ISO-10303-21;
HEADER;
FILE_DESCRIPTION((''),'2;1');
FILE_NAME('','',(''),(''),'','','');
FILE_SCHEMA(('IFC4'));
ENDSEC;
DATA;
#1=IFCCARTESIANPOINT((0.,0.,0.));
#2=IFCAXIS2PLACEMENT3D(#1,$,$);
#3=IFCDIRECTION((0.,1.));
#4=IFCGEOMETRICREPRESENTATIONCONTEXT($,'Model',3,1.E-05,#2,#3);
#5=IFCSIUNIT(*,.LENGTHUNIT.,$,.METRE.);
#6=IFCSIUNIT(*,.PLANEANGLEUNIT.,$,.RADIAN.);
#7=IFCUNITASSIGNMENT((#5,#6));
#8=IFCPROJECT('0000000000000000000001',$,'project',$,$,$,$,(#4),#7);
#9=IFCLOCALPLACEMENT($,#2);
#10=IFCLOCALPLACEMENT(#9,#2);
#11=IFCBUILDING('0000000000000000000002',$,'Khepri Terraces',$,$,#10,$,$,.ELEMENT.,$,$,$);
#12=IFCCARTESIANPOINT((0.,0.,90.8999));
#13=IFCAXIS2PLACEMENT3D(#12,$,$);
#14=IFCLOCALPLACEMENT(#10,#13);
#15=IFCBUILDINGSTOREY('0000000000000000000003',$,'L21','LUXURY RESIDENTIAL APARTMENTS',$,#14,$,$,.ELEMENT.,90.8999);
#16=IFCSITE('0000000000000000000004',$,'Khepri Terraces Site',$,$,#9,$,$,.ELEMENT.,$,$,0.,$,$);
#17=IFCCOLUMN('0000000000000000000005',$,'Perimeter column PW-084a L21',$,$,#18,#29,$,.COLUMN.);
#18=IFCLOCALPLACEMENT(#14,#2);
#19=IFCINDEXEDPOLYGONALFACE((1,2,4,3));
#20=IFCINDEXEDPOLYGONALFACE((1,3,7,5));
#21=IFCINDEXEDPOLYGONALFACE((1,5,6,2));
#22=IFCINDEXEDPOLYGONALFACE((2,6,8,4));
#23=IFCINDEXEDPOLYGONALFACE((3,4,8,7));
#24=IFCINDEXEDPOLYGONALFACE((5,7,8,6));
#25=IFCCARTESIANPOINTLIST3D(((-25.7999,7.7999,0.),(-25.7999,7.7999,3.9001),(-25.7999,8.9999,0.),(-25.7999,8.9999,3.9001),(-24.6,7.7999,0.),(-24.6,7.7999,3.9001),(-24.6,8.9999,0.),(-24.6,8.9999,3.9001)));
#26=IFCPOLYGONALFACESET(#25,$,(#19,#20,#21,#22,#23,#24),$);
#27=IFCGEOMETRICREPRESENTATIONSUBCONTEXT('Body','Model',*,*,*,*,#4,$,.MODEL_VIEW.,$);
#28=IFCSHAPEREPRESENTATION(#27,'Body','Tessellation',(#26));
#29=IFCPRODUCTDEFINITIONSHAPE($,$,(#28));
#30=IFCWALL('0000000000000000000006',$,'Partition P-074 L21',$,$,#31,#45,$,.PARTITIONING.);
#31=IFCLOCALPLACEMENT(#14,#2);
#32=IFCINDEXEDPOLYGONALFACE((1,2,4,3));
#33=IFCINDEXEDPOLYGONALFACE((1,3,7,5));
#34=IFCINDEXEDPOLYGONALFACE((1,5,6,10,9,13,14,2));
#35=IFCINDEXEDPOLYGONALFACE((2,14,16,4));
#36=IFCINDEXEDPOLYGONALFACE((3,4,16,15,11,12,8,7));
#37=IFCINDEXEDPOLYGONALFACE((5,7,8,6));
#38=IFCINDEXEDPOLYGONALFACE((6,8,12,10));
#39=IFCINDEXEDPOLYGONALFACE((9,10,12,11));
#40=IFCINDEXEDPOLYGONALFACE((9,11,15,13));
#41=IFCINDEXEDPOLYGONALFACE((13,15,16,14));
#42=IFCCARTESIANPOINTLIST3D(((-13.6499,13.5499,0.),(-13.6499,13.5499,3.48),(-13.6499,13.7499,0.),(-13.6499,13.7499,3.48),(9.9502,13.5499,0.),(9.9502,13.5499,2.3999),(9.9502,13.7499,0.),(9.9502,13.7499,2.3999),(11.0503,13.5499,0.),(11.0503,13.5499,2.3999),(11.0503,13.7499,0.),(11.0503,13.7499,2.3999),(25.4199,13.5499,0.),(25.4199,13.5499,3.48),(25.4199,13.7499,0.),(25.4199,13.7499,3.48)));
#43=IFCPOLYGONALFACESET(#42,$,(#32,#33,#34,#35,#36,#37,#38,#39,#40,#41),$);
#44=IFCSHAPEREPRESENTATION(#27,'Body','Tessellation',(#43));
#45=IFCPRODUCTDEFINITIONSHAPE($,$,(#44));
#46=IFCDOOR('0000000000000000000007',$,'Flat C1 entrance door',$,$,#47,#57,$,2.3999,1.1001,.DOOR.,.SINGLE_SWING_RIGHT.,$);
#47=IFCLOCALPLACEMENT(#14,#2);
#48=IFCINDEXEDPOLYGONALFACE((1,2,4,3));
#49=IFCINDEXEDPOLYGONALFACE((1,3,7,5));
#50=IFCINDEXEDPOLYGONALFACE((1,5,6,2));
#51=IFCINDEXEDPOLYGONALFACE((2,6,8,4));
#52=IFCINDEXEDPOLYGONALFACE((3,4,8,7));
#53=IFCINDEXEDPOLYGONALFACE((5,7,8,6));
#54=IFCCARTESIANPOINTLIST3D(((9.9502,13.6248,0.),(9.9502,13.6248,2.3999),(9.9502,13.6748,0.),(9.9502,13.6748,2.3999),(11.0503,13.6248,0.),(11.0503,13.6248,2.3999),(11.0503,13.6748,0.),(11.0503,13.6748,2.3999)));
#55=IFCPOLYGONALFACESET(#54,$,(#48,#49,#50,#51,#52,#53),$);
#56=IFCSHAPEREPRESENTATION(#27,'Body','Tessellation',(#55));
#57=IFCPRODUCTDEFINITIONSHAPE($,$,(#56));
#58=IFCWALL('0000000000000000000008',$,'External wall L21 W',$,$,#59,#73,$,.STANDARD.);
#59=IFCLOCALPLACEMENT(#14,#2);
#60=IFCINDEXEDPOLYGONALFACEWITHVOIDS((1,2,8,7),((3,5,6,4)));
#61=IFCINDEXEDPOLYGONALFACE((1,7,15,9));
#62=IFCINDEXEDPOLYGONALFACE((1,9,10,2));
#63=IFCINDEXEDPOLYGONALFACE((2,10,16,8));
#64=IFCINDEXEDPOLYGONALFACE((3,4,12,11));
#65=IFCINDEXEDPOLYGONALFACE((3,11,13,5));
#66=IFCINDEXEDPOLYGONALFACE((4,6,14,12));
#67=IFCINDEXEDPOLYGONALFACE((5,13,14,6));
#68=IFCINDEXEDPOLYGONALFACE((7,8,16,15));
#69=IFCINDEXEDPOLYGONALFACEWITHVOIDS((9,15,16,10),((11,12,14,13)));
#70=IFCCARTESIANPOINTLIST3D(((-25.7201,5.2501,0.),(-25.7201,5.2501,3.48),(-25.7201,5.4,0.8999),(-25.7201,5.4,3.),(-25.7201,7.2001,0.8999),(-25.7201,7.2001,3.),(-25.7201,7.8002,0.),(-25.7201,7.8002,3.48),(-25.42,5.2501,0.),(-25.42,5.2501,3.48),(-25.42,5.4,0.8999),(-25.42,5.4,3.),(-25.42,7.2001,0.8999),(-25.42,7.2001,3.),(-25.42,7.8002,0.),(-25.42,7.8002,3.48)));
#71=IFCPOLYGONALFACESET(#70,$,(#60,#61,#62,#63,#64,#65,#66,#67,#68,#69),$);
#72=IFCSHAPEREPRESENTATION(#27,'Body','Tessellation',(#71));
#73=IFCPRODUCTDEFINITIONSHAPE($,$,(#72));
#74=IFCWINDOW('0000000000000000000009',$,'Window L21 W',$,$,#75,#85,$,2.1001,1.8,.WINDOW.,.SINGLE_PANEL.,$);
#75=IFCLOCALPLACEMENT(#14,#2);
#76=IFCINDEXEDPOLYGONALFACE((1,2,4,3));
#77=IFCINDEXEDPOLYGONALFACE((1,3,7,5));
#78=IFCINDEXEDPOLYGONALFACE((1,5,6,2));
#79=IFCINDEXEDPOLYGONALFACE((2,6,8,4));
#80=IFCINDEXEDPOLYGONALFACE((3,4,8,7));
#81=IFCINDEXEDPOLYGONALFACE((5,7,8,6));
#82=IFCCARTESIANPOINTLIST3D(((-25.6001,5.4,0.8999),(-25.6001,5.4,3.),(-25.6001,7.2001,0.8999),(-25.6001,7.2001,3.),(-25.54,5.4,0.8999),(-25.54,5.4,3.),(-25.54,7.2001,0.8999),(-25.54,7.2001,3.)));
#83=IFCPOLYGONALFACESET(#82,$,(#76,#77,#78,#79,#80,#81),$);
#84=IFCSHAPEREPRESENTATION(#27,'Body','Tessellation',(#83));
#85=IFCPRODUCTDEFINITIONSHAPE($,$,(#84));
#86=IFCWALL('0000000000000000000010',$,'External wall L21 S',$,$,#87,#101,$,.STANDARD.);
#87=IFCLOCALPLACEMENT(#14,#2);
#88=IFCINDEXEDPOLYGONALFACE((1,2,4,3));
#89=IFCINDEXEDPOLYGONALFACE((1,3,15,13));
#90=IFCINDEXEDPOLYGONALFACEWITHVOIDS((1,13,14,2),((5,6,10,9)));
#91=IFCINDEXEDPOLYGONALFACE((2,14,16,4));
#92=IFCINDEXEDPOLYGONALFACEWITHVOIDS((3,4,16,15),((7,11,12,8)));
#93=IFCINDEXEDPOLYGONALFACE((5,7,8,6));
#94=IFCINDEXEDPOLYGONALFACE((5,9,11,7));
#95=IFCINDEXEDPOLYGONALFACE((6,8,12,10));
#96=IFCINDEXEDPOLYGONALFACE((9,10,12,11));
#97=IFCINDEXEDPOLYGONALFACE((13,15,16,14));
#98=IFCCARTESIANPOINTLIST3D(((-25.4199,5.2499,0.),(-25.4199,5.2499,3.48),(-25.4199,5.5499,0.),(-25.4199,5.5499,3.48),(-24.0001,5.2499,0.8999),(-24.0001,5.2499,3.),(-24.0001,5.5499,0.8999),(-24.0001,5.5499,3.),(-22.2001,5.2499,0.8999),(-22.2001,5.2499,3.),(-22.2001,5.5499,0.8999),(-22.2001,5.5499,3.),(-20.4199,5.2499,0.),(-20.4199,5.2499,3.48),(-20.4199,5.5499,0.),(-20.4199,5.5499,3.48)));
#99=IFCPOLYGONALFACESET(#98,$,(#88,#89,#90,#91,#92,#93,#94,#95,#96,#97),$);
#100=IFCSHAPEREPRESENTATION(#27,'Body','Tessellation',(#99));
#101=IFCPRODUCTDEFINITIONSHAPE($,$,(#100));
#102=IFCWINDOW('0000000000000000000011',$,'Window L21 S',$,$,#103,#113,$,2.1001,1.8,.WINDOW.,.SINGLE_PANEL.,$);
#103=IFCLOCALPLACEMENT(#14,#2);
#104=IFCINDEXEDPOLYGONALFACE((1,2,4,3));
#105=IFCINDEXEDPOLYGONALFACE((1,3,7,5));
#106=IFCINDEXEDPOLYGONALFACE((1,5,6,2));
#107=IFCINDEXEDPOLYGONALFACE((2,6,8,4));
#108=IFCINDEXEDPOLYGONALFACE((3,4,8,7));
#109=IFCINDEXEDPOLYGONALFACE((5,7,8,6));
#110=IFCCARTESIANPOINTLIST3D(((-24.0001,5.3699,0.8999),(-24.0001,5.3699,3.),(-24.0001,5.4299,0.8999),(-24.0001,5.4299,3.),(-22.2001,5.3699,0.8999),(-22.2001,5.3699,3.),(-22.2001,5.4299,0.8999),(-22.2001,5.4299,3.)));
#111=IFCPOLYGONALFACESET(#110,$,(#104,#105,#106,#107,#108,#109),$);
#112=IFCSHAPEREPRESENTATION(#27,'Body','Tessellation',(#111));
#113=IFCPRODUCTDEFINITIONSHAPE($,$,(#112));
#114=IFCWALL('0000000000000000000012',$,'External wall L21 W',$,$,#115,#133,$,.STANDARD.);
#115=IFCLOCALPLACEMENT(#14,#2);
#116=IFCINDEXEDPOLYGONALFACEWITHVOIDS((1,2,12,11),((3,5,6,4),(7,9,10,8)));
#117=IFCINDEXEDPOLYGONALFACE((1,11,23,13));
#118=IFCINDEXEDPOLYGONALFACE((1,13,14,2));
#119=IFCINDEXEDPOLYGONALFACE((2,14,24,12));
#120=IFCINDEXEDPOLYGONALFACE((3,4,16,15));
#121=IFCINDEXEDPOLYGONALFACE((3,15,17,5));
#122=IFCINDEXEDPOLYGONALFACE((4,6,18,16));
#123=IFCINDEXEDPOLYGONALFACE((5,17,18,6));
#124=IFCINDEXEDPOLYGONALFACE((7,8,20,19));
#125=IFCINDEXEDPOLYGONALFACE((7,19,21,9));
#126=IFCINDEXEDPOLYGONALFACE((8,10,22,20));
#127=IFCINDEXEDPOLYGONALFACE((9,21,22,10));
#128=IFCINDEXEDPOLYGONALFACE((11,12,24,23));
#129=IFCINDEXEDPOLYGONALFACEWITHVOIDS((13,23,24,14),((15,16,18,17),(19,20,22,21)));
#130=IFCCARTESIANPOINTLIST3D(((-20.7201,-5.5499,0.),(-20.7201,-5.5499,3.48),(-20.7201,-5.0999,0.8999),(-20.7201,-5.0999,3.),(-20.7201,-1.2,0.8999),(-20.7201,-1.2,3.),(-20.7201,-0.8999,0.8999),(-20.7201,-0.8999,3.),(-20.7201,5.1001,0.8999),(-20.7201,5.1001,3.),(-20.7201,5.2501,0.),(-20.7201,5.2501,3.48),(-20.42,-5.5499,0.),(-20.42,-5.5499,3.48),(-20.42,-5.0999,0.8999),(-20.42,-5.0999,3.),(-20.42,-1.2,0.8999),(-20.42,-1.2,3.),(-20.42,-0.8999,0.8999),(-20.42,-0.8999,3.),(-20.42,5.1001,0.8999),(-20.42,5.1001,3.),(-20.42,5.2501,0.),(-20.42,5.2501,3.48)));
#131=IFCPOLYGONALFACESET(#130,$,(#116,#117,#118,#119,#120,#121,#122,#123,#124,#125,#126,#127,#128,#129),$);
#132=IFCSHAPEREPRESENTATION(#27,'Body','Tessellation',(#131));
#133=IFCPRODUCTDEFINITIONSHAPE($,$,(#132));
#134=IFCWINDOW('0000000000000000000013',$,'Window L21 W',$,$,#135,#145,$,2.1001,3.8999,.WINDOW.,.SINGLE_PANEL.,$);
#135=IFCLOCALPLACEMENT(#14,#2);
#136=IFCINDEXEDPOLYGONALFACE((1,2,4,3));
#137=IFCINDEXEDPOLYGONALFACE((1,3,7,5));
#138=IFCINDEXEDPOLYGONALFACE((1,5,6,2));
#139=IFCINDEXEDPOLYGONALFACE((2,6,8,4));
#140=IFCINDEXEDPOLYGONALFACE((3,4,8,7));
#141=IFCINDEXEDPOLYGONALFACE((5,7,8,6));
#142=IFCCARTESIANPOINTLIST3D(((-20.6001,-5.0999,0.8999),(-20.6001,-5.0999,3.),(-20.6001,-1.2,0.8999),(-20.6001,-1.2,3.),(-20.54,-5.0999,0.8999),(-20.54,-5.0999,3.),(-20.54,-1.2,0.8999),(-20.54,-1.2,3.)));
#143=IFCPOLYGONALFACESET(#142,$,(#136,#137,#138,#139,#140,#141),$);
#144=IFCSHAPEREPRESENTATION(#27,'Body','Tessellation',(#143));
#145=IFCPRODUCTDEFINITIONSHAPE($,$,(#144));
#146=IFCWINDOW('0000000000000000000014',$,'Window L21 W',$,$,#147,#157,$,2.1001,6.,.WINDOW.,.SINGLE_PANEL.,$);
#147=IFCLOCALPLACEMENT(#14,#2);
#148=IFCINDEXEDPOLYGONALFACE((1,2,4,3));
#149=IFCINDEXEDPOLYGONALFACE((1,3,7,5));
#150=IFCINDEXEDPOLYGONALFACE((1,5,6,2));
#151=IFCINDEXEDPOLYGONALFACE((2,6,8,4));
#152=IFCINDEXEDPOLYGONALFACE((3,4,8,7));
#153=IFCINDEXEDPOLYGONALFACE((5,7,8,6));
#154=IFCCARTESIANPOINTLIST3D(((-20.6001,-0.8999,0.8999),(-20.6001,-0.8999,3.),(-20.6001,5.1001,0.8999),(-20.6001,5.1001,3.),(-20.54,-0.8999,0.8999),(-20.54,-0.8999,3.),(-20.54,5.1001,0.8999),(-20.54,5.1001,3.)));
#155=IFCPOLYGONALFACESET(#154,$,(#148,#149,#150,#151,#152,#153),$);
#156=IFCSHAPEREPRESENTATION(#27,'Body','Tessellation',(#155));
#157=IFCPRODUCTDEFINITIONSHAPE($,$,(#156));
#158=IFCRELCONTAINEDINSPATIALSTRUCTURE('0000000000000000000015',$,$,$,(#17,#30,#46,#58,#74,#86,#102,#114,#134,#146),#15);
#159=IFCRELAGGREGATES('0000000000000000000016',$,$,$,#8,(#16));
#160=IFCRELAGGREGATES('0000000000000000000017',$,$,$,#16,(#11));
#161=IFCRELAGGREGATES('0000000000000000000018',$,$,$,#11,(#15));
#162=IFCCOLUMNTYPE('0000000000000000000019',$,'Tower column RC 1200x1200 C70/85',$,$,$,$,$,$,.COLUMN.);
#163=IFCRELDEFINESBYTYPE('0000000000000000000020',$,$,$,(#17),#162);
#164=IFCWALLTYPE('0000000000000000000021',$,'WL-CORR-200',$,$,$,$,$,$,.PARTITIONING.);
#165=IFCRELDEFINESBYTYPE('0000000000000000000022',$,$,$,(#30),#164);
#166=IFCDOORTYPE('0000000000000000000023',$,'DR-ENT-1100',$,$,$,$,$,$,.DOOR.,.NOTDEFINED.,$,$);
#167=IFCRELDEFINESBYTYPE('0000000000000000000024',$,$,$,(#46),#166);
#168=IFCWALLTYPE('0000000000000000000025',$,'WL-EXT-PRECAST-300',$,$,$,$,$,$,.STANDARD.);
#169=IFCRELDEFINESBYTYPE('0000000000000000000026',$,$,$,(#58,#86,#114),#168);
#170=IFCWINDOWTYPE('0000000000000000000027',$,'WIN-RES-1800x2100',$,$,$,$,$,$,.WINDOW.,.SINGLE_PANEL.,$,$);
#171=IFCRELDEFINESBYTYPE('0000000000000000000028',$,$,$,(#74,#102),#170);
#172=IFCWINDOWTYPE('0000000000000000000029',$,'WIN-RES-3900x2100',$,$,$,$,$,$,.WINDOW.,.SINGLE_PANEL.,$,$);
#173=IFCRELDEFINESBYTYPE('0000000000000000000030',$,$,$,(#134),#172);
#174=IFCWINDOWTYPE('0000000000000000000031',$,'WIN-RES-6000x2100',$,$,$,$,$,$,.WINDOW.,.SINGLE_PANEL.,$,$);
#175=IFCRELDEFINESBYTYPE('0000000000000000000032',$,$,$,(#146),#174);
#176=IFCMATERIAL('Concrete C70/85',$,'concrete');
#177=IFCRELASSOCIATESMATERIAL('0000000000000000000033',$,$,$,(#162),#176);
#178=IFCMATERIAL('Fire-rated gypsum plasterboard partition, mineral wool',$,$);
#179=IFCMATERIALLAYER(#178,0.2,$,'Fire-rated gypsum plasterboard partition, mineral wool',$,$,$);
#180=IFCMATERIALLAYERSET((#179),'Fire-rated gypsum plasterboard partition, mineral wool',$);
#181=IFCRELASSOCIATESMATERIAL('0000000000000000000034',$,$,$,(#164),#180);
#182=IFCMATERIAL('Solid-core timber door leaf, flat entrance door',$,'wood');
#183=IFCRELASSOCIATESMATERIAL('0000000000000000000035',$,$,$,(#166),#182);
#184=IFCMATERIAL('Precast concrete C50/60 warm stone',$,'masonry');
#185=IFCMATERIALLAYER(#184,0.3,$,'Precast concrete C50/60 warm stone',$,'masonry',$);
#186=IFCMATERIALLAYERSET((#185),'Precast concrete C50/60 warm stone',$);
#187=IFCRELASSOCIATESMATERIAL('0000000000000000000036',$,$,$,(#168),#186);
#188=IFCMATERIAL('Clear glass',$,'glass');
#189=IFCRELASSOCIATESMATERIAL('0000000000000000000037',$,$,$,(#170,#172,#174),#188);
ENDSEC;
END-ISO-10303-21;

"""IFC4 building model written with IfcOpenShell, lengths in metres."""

from ifc_helpers import new_model, si_unit, direction, frame, frame_2d, origin, origin_2d, place, context, subcontext, project, spatial, rectangle, extrude, material, layer, layer_set, material_profile, profile_set, type_object, element, fill, save


model = new_model("IFC4")

# Units and contexts
model_context = context("Model", 3, precision=1e-05, world=origin(), true_north=direction((0.0, 1.0)))
body_context = subcontext(model_context, "Body", "Model", "MODEL_VIEW")
ifc_project = project(units=[si_unit("LENGTHUNIT", "METRE"), si_unit("PLANEANGLEUNIT", "RADIAN")], contexts=[model_context])

# Site, building, storey
site_placement = place(None, origin())
site = spatial("IfcSite", under=ifc_project, at=site_placement, Name="Khepri Terraces Site", CompositionType="ELEMENT", RefElevation=0.0)
building_placement = place(site_placement, origin())
building = spatial("IfcBuilding", under=site, at=building_placement, Name="Khepri Terraces", CompositionType="ELEMENT")
storey_placement = place(building_placement, frame((0.0, 0.0, 90.8999)))
storey = spatial("IfcBuildingStorey", under=building, at=storey_placement, Name="L21", Description="LUXURY RESIDENTIAL APARTMENTS", CompositionType="ELEMENT", Elevation=90.8999)

# Column
ifc_material_1 = material(Name="Concrete C70/85", Category="concrete")
ifc_material_profile = material_profile(ifc_material_1, rectangle(XDim=1.2, YDim=1.2, at=origin_2d()), Name="Concrete C70/85", Category="concrete")
ifc_profile_set = profile_set([ifc_material_profile], Name="Concrete C70/85")
column_type = type_object("IfcColumnType", Name="Tower column RC 1200x1200 C70/85", PredefinedType="COLUMN", material=ifc_profile_set)
column_placement = place(storey_placement, frame((-25.2, 8.3999, 0.0), z_axis=(0.0, 0.0, 1.0), x_axis=(1.0, 0.0, 0.0)))
element("IfcColumn", 1, at=column_placement, inside=storey, type_object=column_type, Name="Perimeter column PW-084a L21", PredefinedType="COLUMN", context=body_context, shape_type="SweptSolid", body=[
    extrude(rectangle(XDim=1.2, YDim=1.2, at=origin_2d()), origin(), (0.0, 0.0, 1.0), 3.9001),
])

# Wall, opening, door
ifc_material_2 = material(Name="Fire-rated gypsum plasterboard partition, mineral wool")
ifc_layer_1 = layer(ifc_material_2, 0.2, Name="Fire-rated gypsum plasterboard partition, mineral wool")
ifc_layer_set_1 = layer_set([ifc_layer_1], Name="Fire-rated gypsum plasterboard partition, mineral wool")
wall_type_1 = type_object("IfcWallType", Name="WL-CORR-200", PredefinedType="PARTITIONING", material=ifc_layer_set_1)
wall_1_placement = place(storey_placement, frame((-13.6499, 13.6499, 0.0), z_axis=(0.0, 0.0, 1.0), x_axis=(1.0, 0.0, 0.0)))
wall_1 = element("IfcWall", 2, at=wall_1_placement, inside=storey, type_object=wall_type_1, Name="Partition P-074 L21", PredefinedType="PARTITIONING", context=body_context, shape_type="SweptSolid", body=[
    extrude(rectangle(XDim=39.0698, YDim=0.2, at=frame_2d((19.5349, 0.0))), origin(), (0.0, 0.0, 1.0), 3.48),
])
opening_1_placement = place(wall_1_placement, frame((23.6001, 0.0, 0.0)))
opening_1 = element("IfcOpeningElement", 3, at=opening_1_placement, cuts=wall_1, PredefinedType="OPENING", context=body_context, shape_type="SweptSolid", body=[
    extrude(rectangle(XDim=1.1001, YDim=2.3999, at=frame_2d((0.55, 1.2))), frame((0.0, 0.1099, 0.0), z_axis=(0.0, -1.0, 0.0), x_axis=(1.0, 0.0, 0.0)), (0.0, 0.0, 1.0), 0.22),
])
ifc_material_3 = material(Name="Solid-core timber door leaf, flat entrance door", Category="wood")
door_type_1 = type_object("IfcDoorType", Name="DR-ENT-1100", OperationType="NOTDEFINED", PredefinedType="DOOR", material=ifc_material_3)
door_1_placement = place(opening_1_placement, origin())
door_1 = element("IfcDoor", 4, at=door_1_placement, inside=storey, type_object=door_type_1, Name="Flat C1 entrance door", OperationType="SINGLE_SWING_RIGHT", OverallHeight=2.3999, OverallWidth=1.1001, PredefinedType="DOOR", context=body_context, shape_type="SweptSolid", body=[
    extrude(rectangle(XDim=1.1001, YDim=2.3999, at=frame_2d((0.55, 1.2))), frame((0.0, 0.0249, 0.0), z_axis=(0.0, -1.0, 0.0), x_axis=(1.0, 0.0, 0.0)), (0.0, 0.0, 1.0), 0.05),
])
fill(opening_1, door_1)

# Walls, openings, windows
ifc_material_4 = material(Name="Precast concrete C50/60 warm stone", Category="masonry")
ifc_layer_2 = layer(ifc_material_4, 0.3, Name="Precast concrete C50/60 warm stone", Category="masonry")
ifc_layer_set_2 = layer_set([ifc_layer_2], Name="Precast concrete C50/60 warm stone")
wall_type_2 = type_object("IfcWallType", Name="WL-EXT-PRECAST-300", PredefinedType="STANDARD", material=ifc_layer_set_2)
wall_2_placement = place(storey_placement, frame((-25.5701, 7.8, 0.0), z_axis=(0.0, 0.0, 1.0), x_axis=(0.0, -1.0, 0.0)))
wall_2 = element("IfcWall", 5, at=wall_2_placement, inside=storey, type_object=wall_type_2, Name="External wall L21 W", PredefinedType="STANDARD", context=body_context, shape_type="SweptSolid", body=[
    extrude(rectangle(XDim=2.55, YDim=0.3, at=frame_2d((1.2749, 0.0))), origin(), (0.0, 0.0, 1.0), 3.48),
])
opening_2_placement = place(wall_2_placement, frame((0.6001, 0.0, 0.8999)))
opening_2 = element("IfcOpeningElement", 6, at=opening_2_placement, cuts=wall_2, PredefinedType="OPENING", context=body_context, shape_type="SweptSolid", body=[
    extrude(rectangle(XDim=1.8, YDim=2.1001, at=frame_2d((0.8999, 1.05))), frame((0.0, 0.1602, 0.0), z_axis=(0.0, -1.0, 0.0), x_axis=(1.0, 0.0, 0.0)), (0.0, 0.0, 1.0), 0.3201),
])
ifc_material_5 = material(Name="Clear glass", Category="glass")
window_type_1 = type_object("IfcWindowType", Name="WIN-RES-1800x2100", PartitioningType="SINGLE_PANEL", PredefinedType="WINDOW", material=ifc_material_5)
window_1_placement = place(opening_2_placement, origin())
window_1 = element("IfcWindow", 7, at=window_1_placement, inside=storey, type_object=window_type_1, Name="Window L21 W", OverallHeight=2.1001, OverallWidth=1.8, PartitioningType="SINGLE_PANEL", PredefinedType="WINDOW", context=body_context, shape_type="SweptSolid", body=[
    extrude(rectangle(XDim=1.8, YDim=2.1001, at=frame_2d((0.8999, 1.05))), frame((0.0, 0.03, 0.0), z_axis=(0.0, -1.0, 0.0), x_axis=(1.0, 0.0, 0.0)), (0.0, 0.0, 1.0), 0.0601),
])
fill(opening_2, window_1)
wall_3_placement = place(storey_placement, frame((-25.4199, 5.3999, 0.0), z_axis=(0.0, 0.0, 1.0), x_axis=(1.0, 0.0, 0.0)))
wall_3 = element("IfcWall", 8, at=wall_3_placement, inside=storey, type_object=wall_type_2, Name="External wall L21 S", PredefinedType="STANDARD", context=body_context, shape_type="SweptSolid", body=[
    extrude(rectangle(XDim=5.0, YDim=0.3, at=frame_2d((2.5, 0.0))), origin(), (0.0, 0.0, 1.0), 3.48),
])
opening_3_placement = place(wall_3_placement, frame((1.4199, 0.0, 0.8999)))
opening_3 = element("IfcOpeningElement", 9, at=opening_3_placement, cuts=wall_3, PredefinedType="OPENING", context=body_context, shape_type="SweptSolid", body=[
    extrude(rectangle(XDim=1.8, YDim=2.1001, at=frame_2d((0.8999, 1.05))), frame((0.0, 0.1602, 0.0), z_axis=(0.0, -1.0, 0.0), x_axis=(1.0, 0.0, 0.0)), (0.0, 0.0, 1.0), 0.3201),
])
window_2_placement = place(opening_3_placement, origin())
window_2 = element("IfcWindow", 10, at=window_2_placement, inside=storey, type_object=window_type_1, Name="Window L21 S", OverallHeight=2.1001, OverallWidth=1.8, PartitioningType="SINGLE_PANEL", PredefinedType="WINDOW", context=body_context, shape_type="SweptSolid", body=[
    extrude(rectangle(XDim=1.8, YDim=2.1001, at=frame_2d((0.8999, 1.05))), frame((0.0, 0.03, 0.0), z_axis=(0.0, -1.0, 0.0), x_axis=(1.0, 0.0, 0.0)), (0.0, 0.0, 1.0), 0.0601),
])
fill(opening_3, window_2)

# Wall, openings, windows
wall_4_placement = place(storey_placement, frame((-20.5701, 5.25, 0.0), z_axis=(0.0, 0.0, 1.0), x_axis=(0.0, -1.0, 0.0)))
wall_4 = element("IfcWall", 11, at=wall_4_placement, inside=storey, type_object=wall_type_2, Name="External wall L21 W", PredefinedType="STANDARD", context=body_context, shape_type="SweptSolid", body=[
    extrude(rectangle(XDim=10.8, YDim=0.3, at=frame_2d((5.3999, 0.0))), origin(), (0.0, 0.0, 1.0), 3.48),
])
opening_4_placement = place(wall_4_placement, frame((0.1499, 0.0, 0.8999)))
opening_4 = element("IfcOpeningElement", 12, at=opening_4_placement, cuts=wall_4, PredefinedType="OPENING", context=body_context, shape_type="SweptSolid", body=[
    extrude(rectangle(XDim=6.0, YDim=2.1001, at=frame_2d((3.0, 1.05))), frame((0.0, 0.1602, 0.0), z_axis=(0.0, -1.0, 0.0), x_axis=(1.0, 0.0, 0.0)), (0.0, 0.0, 1.0), 0.3201),
])
opening_5_placement = place(wall_4_placement, frame((6.45, 0.0, 0.8999)))
opening_5 = element("IfcOpeningElement", 13, at=opening_5_placement, cuts=wall_4, PredefinedType="OPENING", context=body_context, shape_type="SweptSolid", body=[
    extrude(rectangle(XDim=3.8999, YDim=2.1001, at=frame_2d((1.95, 1.05))), frame((0.0, 0.1602, 0.0), z_axis=(0.0, -1.0, 0.0), x_axis=(1.0, 0.0, 0.0)), (0.0, 0.0, 1.0), 0.3201),
])
window_type_2 = type_object("IfcWindowType", Name="WIN-RES-3900x2100", PartitioningType="SINGLE_PANEL", PredefinedType="WINDOW", material=ifc_material_5)
window_3_placement = place(opening_5_placement, origin())
window_3 = element("IfcWindow", 14, at=window_3_placement, inside=storey, type_object=window_type_2, Name="Window L21 W", OverallHeight=2.1001, OverallWidth=3.8999, PartitioningType="SINGLE_PANEL", PredefinedType="WINDOW", context=body_context, shape_type="SweptSolid", body=[
    extrude(rectangle(XDim=3.8999, YDim=2.1001, at=frame_2d((1.95, 1.05))), frame((0.0, 0.03, 0.0), z_axis=(0.0, -1.0, 0.0), x_axis=(1.0, 0.0, 0.0)), (0.0, 0.0, 1.0), 0.0601),
])
fill(opening_5, window_3)
window_type_3 = type_object("IfcWindowType", Name="WIN-RES-6000x2100", PartitioningType="SINGLE_PANEL", PredefinedType="WINDOW", material=ifc_material_5)
window_4_placement = place(opening_4_placement, origin())
window_4 = element("IfcWindow", 15, at=window_4_placement, inside=storey, type_object=window_type_3, Name="Window L21 W", OverallHeight=2.1001, OverallWidth=6.0, PartitioningType="SINGLE_PANEL", PredefinedType="WINDOW", context=body_context, shape_type="SweptSolid", body=[
    extrude(rectangle(XDim=6.0, YDim=2.1001, at=frame_2d((3.0, 1.05))), frame((0.0, 0.03, 0.0), z_axis=(0.0, -1.0, 0.0), x_axis=(1.0, 0.0, 0.0)), (0.0, 0.0, 1.0), 0.0601),
])
fill(opening_4, window_4)

save(model, "model.ifc")
